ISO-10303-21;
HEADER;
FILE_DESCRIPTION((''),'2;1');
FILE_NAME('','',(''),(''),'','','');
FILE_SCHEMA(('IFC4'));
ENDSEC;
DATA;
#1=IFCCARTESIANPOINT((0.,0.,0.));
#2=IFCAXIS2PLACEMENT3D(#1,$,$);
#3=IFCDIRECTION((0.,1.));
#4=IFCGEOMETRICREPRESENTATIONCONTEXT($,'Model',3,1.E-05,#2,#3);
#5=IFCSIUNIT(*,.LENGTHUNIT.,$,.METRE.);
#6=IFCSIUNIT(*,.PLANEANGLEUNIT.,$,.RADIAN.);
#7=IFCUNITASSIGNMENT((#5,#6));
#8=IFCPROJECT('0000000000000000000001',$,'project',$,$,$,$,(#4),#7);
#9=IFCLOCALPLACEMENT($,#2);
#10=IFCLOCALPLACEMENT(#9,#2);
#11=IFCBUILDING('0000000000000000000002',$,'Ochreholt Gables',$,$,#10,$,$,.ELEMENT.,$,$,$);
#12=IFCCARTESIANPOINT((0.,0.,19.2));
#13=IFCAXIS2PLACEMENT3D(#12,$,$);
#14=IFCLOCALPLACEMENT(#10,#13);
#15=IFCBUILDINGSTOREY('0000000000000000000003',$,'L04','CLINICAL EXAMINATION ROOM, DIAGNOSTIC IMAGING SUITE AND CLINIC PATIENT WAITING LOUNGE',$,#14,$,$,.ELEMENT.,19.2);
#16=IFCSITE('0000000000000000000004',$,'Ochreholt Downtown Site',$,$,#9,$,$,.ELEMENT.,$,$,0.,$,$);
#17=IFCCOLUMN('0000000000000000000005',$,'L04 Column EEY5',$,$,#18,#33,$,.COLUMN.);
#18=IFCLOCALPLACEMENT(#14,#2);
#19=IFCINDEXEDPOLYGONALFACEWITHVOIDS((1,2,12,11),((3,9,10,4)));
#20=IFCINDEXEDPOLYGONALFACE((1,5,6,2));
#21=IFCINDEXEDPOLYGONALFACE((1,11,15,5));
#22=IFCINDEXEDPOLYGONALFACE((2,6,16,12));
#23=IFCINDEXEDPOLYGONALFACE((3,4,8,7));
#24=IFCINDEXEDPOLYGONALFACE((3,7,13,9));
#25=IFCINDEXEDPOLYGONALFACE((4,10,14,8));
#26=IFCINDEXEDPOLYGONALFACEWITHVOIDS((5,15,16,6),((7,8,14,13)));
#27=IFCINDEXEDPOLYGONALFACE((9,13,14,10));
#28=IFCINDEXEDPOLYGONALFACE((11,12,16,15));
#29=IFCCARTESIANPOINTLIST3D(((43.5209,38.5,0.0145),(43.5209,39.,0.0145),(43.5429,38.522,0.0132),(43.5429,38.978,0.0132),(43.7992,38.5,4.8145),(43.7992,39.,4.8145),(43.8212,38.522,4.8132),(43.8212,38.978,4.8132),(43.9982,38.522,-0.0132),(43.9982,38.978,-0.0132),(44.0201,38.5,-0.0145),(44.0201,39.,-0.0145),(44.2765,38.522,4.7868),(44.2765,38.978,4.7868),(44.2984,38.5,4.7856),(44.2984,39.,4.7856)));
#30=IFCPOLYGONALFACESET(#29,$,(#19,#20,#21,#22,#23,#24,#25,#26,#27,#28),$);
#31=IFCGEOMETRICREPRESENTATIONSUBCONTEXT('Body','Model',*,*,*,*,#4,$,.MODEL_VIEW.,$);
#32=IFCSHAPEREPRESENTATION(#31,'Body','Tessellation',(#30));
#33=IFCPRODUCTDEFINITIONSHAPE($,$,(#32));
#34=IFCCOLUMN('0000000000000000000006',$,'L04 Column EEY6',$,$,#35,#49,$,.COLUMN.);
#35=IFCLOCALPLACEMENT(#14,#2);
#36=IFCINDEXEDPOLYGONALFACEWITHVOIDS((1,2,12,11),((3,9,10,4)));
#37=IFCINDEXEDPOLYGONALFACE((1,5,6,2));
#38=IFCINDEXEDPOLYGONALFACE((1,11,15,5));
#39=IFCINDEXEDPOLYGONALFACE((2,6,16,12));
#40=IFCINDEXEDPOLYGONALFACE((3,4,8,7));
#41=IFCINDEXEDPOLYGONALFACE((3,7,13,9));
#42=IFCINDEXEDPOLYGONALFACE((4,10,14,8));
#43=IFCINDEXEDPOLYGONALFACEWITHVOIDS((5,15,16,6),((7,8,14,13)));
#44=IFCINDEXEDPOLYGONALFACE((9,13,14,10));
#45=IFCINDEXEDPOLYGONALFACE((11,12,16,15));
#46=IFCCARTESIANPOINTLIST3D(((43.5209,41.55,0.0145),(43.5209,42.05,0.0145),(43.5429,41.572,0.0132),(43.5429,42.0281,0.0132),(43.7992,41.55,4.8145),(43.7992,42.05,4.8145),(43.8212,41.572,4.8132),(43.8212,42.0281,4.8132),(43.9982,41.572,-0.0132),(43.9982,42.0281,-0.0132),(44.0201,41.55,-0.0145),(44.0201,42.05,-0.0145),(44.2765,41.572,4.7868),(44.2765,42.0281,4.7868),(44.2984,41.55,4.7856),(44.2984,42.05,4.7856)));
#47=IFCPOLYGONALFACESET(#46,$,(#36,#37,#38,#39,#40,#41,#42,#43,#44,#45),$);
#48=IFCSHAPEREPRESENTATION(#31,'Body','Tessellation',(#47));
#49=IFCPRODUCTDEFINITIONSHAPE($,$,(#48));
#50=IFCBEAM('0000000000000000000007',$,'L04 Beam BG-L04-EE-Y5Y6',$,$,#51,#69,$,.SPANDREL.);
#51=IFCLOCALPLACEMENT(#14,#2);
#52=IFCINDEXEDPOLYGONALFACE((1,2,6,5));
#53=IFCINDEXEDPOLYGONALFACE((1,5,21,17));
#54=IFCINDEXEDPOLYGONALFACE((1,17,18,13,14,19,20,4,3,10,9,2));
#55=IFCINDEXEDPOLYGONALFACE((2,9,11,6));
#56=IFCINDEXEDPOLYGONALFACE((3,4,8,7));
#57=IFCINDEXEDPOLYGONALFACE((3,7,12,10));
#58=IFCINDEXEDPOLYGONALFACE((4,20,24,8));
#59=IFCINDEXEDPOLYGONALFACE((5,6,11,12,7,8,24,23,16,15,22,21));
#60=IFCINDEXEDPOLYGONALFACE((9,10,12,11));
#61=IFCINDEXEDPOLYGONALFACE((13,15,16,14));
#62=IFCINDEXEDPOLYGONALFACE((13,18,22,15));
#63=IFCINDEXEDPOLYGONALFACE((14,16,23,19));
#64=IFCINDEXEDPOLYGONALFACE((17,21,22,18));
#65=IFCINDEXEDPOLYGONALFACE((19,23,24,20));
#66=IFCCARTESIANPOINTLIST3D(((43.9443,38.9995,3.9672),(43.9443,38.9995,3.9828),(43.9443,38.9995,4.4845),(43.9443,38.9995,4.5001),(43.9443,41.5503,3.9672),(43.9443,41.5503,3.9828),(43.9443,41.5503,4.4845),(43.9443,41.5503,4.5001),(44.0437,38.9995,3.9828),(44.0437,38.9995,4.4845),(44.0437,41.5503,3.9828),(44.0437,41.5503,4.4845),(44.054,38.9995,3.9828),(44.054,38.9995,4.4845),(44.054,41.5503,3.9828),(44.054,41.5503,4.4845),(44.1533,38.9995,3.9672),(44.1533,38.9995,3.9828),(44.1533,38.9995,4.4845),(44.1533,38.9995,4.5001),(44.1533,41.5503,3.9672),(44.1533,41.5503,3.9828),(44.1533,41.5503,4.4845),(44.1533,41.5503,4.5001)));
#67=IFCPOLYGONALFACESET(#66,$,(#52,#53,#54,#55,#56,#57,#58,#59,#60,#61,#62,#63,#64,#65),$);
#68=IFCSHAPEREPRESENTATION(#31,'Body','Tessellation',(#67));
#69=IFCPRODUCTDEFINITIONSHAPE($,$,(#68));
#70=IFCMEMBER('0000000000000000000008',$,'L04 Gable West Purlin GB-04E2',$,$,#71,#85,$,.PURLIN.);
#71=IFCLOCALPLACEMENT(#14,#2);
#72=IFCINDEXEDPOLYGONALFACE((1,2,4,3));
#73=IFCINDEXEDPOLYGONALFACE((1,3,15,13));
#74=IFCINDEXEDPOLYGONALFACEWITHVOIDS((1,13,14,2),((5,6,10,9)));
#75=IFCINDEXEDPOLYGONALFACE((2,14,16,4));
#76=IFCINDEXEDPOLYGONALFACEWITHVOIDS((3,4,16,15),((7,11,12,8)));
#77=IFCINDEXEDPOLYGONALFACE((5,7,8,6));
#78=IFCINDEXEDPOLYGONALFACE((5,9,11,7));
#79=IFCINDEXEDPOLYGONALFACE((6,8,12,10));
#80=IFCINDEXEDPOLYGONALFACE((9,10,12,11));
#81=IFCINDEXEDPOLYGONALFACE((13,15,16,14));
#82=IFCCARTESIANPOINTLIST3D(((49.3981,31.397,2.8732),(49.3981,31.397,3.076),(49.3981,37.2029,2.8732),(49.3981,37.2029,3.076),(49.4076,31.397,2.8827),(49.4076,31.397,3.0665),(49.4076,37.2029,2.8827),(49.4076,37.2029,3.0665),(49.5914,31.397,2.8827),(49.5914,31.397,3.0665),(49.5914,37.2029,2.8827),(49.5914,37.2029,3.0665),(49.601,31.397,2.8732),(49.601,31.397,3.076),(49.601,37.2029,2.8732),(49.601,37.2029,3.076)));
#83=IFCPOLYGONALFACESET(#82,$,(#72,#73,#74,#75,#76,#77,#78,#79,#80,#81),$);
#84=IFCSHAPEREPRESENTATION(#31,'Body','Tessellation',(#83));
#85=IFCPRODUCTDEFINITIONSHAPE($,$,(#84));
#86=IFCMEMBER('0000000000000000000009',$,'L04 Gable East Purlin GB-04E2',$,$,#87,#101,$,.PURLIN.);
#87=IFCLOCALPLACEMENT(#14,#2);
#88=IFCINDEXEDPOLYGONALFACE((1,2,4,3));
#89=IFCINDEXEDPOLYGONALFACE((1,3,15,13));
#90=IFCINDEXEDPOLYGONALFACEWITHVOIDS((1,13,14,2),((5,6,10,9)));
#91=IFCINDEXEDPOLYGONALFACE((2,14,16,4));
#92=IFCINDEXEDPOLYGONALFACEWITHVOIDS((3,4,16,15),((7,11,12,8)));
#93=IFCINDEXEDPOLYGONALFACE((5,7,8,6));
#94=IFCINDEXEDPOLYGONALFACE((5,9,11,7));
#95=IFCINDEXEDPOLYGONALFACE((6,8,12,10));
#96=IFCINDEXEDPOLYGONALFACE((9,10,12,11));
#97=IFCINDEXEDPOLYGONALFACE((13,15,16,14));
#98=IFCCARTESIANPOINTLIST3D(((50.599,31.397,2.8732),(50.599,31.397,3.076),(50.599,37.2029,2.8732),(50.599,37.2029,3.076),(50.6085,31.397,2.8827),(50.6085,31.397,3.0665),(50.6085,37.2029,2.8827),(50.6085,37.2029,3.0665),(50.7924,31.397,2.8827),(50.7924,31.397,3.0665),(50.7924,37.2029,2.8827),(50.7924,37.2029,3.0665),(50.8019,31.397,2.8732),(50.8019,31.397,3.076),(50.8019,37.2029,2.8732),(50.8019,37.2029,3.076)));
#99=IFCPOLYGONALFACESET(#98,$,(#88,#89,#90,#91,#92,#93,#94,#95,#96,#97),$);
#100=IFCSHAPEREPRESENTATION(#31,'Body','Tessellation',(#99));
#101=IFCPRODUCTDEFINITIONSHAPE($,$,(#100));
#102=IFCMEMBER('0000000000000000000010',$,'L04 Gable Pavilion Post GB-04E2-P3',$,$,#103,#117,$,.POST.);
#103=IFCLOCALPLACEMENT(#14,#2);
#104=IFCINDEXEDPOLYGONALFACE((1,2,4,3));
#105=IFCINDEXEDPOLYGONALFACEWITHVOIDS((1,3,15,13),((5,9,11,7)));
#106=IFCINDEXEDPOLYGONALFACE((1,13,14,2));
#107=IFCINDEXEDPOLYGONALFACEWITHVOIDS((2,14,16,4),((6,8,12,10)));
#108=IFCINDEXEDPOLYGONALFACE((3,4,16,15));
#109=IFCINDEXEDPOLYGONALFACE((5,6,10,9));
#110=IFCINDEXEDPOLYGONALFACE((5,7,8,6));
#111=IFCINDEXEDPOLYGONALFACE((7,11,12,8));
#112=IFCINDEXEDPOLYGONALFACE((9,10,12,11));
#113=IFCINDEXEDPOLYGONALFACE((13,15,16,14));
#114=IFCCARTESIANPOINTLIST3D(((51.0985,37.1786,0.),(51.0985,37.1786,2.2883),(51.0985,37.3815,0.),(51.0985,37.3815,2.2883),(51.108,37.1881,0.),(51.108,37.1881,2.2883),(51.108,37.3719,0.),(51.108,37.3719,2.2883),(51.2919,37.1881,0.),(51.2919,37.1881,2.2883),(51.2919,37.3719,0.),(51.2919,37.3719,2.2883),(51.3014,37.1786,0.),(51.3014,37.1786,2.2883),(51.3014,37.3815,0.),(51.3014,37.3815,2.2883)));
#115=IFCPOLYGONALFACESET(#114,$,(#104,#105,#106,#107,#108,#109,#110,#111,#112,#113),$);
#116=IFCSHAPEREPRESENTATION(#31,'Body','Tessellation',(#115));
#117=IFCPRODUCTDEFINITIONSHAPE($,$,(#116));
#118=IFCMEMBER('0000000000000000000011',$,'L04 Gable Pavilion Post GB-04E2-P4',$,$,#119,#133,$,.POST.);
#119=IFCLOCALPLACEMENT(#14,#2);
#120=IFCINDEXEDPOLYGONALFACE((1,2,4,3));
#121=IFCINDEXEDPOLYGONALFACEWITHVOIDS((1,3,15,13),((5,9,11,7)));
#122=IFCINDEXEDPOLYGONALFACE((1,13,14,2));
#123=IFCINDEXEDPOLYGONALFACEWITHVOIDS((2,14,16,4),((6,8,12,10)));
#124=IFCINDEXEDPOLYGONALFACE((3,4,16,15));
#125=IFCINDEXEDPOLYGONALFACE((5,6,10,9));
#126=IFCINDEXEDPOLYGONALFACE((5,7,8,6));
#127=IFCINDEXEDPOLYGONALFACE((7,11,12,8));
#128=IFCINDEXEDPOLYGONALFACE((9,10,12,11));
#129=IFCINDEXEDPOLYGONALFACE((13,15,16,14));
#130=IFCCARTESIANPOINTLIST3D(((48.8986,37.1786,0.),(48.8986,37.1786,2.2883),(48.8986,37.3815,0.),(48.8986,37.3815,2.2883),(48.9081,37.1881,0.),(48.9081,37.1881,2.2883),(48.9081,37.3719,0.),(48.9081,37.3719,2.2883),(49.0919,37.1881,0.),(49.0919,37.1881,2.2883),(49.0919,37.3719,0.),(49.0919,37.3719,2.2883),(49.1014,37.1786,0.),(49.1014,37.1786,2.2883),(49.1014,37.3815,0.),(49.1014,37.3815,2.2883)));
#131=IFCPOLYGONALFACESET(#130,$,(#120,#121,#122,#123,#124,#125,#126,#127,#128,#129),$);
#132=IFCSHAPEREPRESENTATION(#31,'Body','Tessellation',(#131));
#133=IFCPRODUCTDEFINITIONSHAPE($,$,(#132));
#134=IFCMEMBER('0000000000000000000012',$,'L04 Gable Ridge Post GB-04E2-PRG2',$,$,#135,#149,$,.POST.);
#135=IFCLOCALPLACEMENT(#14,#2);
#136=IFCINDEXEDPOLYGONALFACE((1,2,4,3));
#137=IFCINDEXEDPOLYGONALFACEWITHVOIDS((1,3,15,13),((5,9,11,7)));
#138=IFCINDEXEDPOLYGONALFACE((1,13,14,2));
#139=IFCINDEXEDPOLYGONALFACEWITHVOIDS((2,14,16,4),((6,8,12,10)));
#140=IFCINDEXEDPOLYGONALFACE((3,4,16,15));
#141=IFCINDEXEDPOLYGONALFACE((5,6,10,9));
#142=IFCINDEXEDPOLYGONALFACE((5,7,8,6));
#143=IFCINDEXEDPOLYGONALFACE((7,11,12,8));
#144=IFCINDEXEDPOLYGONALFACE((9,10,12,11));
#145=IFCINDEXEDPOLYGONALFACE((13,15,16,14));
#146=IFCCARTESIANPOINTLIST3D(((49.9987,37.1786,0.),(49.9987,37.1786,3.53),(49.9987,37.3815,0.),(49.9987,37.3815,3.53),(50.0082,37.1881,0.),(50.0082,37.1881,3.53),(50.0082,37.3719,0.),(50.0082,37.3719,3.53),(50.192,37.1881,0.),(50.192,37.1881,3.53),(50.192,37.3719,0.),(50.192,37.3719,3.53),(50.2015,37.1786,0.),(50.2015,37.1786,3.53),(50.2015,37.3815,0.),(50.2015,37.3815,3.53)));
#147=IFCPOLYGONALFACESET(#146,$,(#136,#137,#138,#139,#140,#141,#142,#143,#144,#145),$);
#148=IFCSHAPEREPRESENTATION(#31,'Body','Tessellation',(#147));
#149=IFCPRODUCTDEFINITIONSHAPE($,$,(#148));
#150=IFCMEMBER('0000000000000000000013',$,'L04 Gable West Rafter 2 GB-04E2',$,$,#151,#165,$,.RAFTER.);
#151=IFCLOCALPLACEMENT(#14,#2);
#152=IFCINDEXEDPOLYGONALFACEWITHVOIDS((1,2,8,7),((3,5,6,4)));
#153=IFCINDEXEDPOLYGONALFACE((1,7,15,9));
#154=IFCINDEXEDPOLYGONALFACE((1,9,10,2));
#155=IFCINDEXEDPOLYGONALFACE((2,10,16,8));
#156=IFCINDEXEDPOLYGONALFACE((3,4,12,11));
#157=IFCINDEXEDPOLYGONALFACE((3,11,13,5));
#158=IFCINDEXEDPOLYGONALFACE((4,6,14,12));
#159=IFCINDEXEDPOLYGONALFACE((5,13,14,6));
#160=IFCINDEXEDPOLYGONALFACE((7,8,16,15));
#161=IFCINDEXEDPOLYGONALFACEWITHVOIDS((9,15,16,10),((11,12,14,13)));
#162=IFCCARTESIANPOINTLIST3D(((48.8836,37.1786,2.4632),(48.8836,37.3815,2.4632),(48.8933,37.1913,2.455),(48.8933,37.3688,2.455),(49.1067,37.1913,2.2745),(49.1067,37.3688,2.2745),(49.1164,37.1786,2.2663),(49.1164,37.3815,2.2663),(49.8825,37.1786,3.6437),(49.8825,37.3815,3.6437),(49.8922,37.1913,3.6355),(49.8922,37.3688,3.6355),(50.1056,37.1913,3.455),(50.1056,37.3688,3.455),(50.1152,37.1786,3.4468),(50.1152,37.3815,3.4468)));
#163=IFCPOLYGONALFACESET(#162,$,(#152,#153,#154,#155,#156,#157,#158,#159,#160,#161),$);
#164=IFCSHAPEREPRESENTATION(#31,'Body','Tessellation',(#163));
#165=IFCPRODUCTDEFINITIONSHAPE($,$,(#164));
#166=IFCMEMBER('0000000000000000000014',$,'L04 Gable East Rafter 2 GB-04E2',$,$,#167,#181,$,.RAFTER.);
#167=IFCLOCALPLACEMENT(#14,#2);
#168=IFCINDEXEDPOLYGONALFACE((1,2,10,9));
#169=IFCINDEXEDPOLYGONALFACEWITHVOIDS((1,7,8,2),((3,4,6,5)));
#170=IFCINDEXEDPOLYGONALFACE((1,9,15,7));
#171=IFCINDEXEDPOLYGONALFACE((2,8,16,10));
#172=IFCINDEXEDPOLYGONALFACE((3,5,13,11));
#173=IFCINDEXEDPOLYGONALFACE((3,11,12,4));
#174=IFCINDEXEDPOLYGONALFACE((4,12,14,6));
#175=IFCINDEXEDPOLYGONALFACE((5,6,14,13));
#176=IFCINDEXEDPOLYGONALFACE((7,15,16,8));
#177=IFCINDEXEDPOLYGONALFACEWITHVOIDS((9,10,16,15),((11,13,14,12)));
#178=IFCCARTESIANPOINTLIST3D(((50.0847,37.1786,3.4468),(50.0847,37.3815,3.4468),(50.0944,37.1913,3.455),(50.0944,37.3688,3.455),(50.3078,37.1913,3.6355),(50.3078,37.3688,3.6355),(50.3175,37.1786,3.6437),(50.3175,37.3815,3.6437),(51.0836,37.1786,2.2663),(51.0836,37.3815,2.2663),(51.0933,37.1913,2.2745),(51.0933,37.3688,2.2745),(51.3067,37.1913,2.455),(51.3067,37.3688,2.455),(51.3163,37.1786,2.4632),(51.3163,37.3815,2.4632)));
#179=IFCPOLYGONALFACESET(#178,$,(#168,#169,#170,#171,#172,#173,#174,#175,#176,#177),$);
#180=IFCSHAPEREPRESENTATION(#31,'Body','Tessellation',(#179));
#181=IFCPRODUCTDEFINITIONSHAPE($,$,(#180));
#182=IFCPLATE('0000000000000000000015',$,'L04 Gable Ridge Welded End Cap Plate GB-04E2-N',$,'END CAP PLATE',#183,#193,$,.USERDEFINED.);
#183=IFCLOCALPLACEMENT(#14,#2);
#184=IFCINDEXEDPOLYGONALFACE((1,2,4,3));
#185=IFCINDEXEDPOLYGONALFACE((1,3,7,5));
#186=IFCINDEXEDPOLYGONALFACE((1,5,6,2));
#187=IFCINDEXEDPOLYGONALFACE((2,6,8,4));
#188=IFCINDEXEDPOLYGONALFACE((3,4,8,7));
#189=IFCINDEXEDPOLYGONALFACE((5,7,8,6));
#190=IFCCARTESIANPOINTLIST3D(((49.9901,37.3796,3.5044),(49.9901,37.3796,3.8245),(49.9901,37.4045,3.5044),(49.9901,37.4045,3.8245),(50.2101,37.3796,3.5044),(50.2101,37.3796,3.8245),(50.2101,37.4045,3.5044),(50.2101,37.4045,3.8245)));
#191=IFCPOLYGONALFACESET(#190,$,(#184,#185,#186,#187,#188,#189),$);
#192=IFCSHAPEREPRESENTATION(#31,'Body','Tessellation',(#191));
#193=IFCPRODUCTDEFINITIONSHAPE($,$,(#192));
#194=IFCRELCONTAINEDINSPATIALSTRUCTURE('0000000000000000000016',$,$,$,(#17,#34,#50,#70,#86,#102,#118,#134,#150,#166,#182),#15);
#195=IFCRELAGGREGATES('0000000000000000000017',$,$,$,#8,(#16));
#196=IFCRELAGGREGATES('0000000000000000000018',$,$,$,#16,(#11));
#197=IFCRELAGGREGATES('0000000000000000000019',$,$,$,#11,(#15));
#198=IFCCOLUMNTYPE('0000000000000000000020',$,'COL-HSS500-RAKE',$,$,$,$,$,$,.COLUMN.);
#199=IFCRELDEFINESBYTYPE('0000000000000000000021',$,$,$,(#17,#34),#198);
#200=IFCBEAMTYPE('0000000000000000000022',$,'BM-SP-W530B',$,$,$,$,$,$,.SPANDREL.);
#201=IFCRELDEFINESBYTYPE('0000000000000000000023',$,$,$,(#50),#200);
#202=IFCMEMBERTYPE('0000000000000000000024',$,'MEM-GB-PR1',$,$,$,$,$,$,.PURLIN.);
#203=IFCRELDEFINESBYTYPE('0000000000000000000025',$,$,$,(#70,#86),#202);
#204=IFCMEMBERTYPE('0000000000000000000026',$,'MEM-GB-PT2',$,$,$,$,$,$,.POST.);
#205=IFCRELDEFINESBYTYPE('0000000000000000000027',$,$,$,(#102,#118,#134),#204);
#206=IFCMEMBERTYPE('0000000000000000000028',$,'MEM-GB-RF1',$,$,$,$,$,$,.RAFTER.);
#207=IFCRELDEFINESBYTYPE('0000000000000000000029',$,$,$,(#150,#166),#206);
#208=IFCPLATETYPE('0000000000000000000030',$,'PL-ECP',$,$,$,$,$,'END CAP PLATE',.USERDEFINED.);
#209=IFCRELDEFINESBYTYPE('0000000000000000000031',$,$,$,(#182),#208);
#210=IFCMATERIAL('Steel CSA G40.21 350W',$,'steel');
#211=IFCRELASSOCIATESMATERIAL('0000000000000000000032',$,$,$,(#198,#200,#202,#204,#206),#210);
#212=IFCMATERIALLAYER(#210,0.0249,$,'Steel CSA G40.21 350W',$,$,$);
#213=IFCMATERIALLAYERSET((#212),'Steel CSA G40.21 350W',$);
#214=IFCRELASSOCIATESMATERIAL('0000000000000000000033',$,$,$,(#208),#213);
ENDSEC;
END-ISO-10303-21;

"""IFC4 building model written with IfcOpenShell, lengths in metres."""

from ifc_helpers import new_model, si_unit, direction, frame, origin, origin_2d, place, context, subcontext, project, spatial, rectangle, hollow_rectangle, i_section, extrude, material, layer, layer_set, material_profile, profile_set, type_object, element, save


model = new_model("IFC4")

# Units and contexts
model_context = context("Model", 3, precision=1e-05, world=origin(), true_north=direction((0.0, 1.0)))
body_context = subcontext(model_context, "Body", "Model", "MODEL_VIEW")
ifc_project = project(units=[si_unit("LENGTHUNIT", "METRE"), si_unit("PLANEANGLEUNIT", "RADIAN")], contexts=[model_context])

# Site, building, storey
site_placement = place(None, origin())
site = spatial("IfcSite", under=ifc_project, at=site_placement, Name="Ochreholt Downtown Site", CompositionType="ELEMENT", RefElevation=0.0)
building_placement = place(site_placement, origin())
building = spatial("IfcBuilding", under=site, at=building_placement, Name="Ochreholt Gables", CompositionType="ELEMENT")
storey_placement = place(building_placement, frame((0.0, 0.0, 19.2)))
storey = spatial("IfcBuildingStorey", under=building, at=storey_placement, Name="L04", Description="CLINICAL EXAMINATION ROOM, DIAGNOSTIC IMAGING SUITE AND CLINIC PATIENT WAITING LOUNGE", CompositionType="ELEMENT", Elevation=19.2)

# Columns
ifc_material_1 = material(Name="Steel CSA G40.21 350W", Category="steel")
ifc_material_profile_1 = material_profile(ifc_material_1, hollow_rectangle(XDim=0.5, YDim=0.5, WallThickness=0.022, at=origin_2d()), Name="HSS500X500X22")
ifc_profile_set_1 = profile_set([ifc_material_profile_1], Name="Steel CSA G40.21 350W")
column_type = type_object("IfcColumnType", Name="COL-HSS500-RAKE", PredefinedType="COLUMN", material=ifc_profile_set_1)
for number, where, z_axis, x_axis, name in (
    (1, (43.7705, 38.75, 0.0), (0.057886, 0.0, 0.998323), (0.0, 1.0, 0.0), "L04 Column EEY5"),
    (2, (43.7705, 41.8, 0.0), (0.057886, 0.0, 0.998323), (0.0, 1.0, 0.0), "L04 Column EEY6"),
):
    element("IfcColumn", number, at=place(storey_placement, frame(where, z_axis=z_axis, x_axis=x_axis)), inside=storey, type_object=column_type, Name=name, PredefinedType="COLUMN", context=body_context, shape_type="SweptSolid", body=[
        extrude(hollow_rectangle(XDim=0.5, YDim=0.5, WallThickness=0.022, at=origin_2d()), origin(), (0.0, 0.0, 1.0), 4.8081),
    ])

# Beam
ifc_material_profile_2 = material_profile(ifc_material_1, i_section(OverallWidth=0.209, OverallDepth=0.533, WebThickness=0.0103, FlangeThickness=0.0156, at=origin_2d()), Name="W530X92")
ifc_profile_set_2 = profile_set([ifc_material_profile_2], Name="Steel CSA G40.21 350W")
beam_type = type_object("IfcBeamType", Name="BM-SP-W530B", PredefinedType="SPANDREL", material=ifc_profile_set_2)
beam_placement = place(storey_placement, frame((44.0488, 38.9995, 4.2336), z_axis=(0.0, 1.0, 0.0), x_axis=(-1.0, 0.0, 0.0)))
element("IfcBeam", 3, at=beam_placement, inside=storey, type_object=beam_type, Name="L04 Beam BG-L04-EE-Y5Y6", PredefinedType="SPANDREL", context=body_context, shape_type="SweptSolid", body=[
    extrude(i_section(OverallWidth=0.209, OverallDepth=0.533, WebThickness=0.0103, FlangeThickness=0.0156, at=origin_2d()), origin(), (0.0, 0.0, 1.0), 2.5508),
])

# Members
ifc_material_profile_3 = material_profile(ifc_material_1, hollow_rectangle(XDim=0.2029, YDim=0.2029, WallThickness=0.0095, at=origin_2d()), Name="HSS203X203X10")
ifc_profile_set_3 = profile_set([ifc_material_profile_3], Name="Steel CSA G40.21 350W")
member_type_1 = type_object("IfcMemberType", Name="MEM-GB-PR1", PredefinedType="PURLIN", material=ifc_profile_set_3)
for number, where, z_axis, x_axis, name in (
    (4, (49.4995, 31.397, 2.9746), (0.0, 1.0, 0.0), (-1.0, 0.0, 0.0), "L04 Gable West Purlin GB-04E2"),
    (5, (50.7004, 31.397, 2.9746), (0.0, 1.0, 0.0), (-1.0, 0.0, 0.0), "L04 Gable East Purlin GB-04E2"),
):
    element("IfcMember", number, at=place(storey_placement, frame(where, z_axis=z_axis, x_axis=x_axis)), inside=storey, type_object=member_type_1, Name=name, PredefinedType="PURLIN", context=body_context, shape_type="SweptSolid", body=[
        extrude(hollow_rectangle(XDim=0.2029, YDim=0.2029, WallThickness=0.0095, at=origin_2d()), origin(), (0.0, 0.0, 1.0), 5.8059),
    ])
ifc_material_profile_4 = material_profile(ifc_material_1, hollow_rectangle(XDim=0.2029, YDim=0.2029, WallThickness=0.0095, at=origin_2d()), Name="HSS203X203X10")
ifc_profile_set_4 = profile_set([ifc_material_profile_4], Name="Steel CSA G40.21 350W")
member_type_2 = type_object("IfcMemberType", Name="MEM-GB-PT2", PredefinedType="POST", material=ifc_profile_set_4)
for number, where, z_axis, x_axis, name in (
    (6, (51.2, 37.28, 0.0), (0.0, 0.0, 1.0), (1.0, 0.0, 0.0), "L04 Gable Pavilion Post GB-04E2-P3"),
    (7, (49.0, 37.28, 0.0), (0.0, 0.0, 1.0), (1.0, 0.0, 0.0), "L04 Gable Pavilion Post GB-04E2-P4"),
):
    element("IfcMember", number, at=place(storey_placement, frame(where, z_axis=z_axis, x_axis=x_axis)), inside=storey, type_object=member_type_2, Name=name, PredefinedType="POST", context=body_context, shape_type="SweptSolid", body=[
        extrude(hollow_rectangle(XDim=0.2029, YDim=0.2029, WallThickness=0.0095, at=origin_2d()), origin(), (0.0, 0.0, 1.0), 2.2883),
    ])
member_placement = place(storey_placement, frame((50.1001, 37.28, 0.0), z_axis=(0.0, 0.0, 1.0), x_axis=(1.0, 0.0, 0.0)))
element("IfcMember", 8, at=member_placement, inside=storey, type_object=member_type_2, Name="L04 Gable Ridge Post GB-04E2-PRG2", PredefinedType="POST", context=body_context, shape_type="SweptSolid", body=[
    extrude(hollow_rectangle(XDim=0.2029, YDim=0.2029, WallThickness=0.0095, at=origin_2d()), origin(), (0.0, 0.0, 1.0), 3.53),
])
ifc_material_profile_5 = material_profile(ifc_material_1, hollow_rectangle(XDim=0.2029, YDim=0.3049, WallThickness=0.0127, at=origin_2d()), Name="HSS305X203X13")
ifc_profile_set_5 = profile_set([ifc_material_profile_5], Name="Steel CSA G40.21 350W")
member_type_3 = type_object("IfcMemberType", Name="MEM-GB-RF1", PredefinedType="RAFTER", material=ifc_profile_set_5)
for number, where, z_axis, x_axis, name in (
    (9, (49.0, 37.28, 2.3647), (0.645928, 0.0, 0.763398), (0.0, 1.0, 0.0), "L04 Gable West Rafter 2 GB-04E2"),
    (10, (51.2, 37.28, 2.3647), (-0.645928, 0.0, 0.763398), (0.0, -1.0, 0.0), "L04 Gable East Rafter 2 GB-04E2"),
):
    element("IfcMember", number, at=place(storey_placement, frame(where, z_axis=z_axis, x_axis=x_axis)), inside=storey, type_object=member_type_3, Name=name, PredefinedType="RAFTER", context=body_context, shape_type="SweptSolid", body=[
        extrude(hollow_rectangle(XDim=0.2029, YDim=0.3049, WallThickness=0.0127, at=origin_2d()), origin(), (0.0, 0.0, 1.0), 1.5464),
    ])

# Plate
ifc_layer_1 = layer(ifc_material_1, 0.0249, Name="Steel CSA G40.21 350W")
ifc_layer_set_1 = layer_set([ifc_layer_1], Name="Steel CSA G40.21 350W")
plate_type = type_object("IfcPlateType", Name="PL-ECP", ElementType="END CAP PLATE", PredefinedType="USERDEFINED", material=ifc_layer_set_1)
plate_placement = place(storey_placement, frame((50.1001, 37.3921, 3.5044), z_axis=(0.0, 0.0, 1.0), x_axis=(1.0, 0.0, 0.0)))
element("IfcPlate", 11, at=plate_placement, inside=storey, type_object=plate_type, Name="L04 Gable Ridge Welded End Cap Plate GB-04E2-N", ObjectType="END CAP PLATE", PredefinedType="USERDEFINED", context=body_context, shape_type="SweptSolid", body=[
    extrude(rectangle(XDim=0.22, YDim=0.0249, at=origin_2d()), origin(), (0.0, 0.0, 1.0), 0.3201),
])

save(model, "model.ifc")
